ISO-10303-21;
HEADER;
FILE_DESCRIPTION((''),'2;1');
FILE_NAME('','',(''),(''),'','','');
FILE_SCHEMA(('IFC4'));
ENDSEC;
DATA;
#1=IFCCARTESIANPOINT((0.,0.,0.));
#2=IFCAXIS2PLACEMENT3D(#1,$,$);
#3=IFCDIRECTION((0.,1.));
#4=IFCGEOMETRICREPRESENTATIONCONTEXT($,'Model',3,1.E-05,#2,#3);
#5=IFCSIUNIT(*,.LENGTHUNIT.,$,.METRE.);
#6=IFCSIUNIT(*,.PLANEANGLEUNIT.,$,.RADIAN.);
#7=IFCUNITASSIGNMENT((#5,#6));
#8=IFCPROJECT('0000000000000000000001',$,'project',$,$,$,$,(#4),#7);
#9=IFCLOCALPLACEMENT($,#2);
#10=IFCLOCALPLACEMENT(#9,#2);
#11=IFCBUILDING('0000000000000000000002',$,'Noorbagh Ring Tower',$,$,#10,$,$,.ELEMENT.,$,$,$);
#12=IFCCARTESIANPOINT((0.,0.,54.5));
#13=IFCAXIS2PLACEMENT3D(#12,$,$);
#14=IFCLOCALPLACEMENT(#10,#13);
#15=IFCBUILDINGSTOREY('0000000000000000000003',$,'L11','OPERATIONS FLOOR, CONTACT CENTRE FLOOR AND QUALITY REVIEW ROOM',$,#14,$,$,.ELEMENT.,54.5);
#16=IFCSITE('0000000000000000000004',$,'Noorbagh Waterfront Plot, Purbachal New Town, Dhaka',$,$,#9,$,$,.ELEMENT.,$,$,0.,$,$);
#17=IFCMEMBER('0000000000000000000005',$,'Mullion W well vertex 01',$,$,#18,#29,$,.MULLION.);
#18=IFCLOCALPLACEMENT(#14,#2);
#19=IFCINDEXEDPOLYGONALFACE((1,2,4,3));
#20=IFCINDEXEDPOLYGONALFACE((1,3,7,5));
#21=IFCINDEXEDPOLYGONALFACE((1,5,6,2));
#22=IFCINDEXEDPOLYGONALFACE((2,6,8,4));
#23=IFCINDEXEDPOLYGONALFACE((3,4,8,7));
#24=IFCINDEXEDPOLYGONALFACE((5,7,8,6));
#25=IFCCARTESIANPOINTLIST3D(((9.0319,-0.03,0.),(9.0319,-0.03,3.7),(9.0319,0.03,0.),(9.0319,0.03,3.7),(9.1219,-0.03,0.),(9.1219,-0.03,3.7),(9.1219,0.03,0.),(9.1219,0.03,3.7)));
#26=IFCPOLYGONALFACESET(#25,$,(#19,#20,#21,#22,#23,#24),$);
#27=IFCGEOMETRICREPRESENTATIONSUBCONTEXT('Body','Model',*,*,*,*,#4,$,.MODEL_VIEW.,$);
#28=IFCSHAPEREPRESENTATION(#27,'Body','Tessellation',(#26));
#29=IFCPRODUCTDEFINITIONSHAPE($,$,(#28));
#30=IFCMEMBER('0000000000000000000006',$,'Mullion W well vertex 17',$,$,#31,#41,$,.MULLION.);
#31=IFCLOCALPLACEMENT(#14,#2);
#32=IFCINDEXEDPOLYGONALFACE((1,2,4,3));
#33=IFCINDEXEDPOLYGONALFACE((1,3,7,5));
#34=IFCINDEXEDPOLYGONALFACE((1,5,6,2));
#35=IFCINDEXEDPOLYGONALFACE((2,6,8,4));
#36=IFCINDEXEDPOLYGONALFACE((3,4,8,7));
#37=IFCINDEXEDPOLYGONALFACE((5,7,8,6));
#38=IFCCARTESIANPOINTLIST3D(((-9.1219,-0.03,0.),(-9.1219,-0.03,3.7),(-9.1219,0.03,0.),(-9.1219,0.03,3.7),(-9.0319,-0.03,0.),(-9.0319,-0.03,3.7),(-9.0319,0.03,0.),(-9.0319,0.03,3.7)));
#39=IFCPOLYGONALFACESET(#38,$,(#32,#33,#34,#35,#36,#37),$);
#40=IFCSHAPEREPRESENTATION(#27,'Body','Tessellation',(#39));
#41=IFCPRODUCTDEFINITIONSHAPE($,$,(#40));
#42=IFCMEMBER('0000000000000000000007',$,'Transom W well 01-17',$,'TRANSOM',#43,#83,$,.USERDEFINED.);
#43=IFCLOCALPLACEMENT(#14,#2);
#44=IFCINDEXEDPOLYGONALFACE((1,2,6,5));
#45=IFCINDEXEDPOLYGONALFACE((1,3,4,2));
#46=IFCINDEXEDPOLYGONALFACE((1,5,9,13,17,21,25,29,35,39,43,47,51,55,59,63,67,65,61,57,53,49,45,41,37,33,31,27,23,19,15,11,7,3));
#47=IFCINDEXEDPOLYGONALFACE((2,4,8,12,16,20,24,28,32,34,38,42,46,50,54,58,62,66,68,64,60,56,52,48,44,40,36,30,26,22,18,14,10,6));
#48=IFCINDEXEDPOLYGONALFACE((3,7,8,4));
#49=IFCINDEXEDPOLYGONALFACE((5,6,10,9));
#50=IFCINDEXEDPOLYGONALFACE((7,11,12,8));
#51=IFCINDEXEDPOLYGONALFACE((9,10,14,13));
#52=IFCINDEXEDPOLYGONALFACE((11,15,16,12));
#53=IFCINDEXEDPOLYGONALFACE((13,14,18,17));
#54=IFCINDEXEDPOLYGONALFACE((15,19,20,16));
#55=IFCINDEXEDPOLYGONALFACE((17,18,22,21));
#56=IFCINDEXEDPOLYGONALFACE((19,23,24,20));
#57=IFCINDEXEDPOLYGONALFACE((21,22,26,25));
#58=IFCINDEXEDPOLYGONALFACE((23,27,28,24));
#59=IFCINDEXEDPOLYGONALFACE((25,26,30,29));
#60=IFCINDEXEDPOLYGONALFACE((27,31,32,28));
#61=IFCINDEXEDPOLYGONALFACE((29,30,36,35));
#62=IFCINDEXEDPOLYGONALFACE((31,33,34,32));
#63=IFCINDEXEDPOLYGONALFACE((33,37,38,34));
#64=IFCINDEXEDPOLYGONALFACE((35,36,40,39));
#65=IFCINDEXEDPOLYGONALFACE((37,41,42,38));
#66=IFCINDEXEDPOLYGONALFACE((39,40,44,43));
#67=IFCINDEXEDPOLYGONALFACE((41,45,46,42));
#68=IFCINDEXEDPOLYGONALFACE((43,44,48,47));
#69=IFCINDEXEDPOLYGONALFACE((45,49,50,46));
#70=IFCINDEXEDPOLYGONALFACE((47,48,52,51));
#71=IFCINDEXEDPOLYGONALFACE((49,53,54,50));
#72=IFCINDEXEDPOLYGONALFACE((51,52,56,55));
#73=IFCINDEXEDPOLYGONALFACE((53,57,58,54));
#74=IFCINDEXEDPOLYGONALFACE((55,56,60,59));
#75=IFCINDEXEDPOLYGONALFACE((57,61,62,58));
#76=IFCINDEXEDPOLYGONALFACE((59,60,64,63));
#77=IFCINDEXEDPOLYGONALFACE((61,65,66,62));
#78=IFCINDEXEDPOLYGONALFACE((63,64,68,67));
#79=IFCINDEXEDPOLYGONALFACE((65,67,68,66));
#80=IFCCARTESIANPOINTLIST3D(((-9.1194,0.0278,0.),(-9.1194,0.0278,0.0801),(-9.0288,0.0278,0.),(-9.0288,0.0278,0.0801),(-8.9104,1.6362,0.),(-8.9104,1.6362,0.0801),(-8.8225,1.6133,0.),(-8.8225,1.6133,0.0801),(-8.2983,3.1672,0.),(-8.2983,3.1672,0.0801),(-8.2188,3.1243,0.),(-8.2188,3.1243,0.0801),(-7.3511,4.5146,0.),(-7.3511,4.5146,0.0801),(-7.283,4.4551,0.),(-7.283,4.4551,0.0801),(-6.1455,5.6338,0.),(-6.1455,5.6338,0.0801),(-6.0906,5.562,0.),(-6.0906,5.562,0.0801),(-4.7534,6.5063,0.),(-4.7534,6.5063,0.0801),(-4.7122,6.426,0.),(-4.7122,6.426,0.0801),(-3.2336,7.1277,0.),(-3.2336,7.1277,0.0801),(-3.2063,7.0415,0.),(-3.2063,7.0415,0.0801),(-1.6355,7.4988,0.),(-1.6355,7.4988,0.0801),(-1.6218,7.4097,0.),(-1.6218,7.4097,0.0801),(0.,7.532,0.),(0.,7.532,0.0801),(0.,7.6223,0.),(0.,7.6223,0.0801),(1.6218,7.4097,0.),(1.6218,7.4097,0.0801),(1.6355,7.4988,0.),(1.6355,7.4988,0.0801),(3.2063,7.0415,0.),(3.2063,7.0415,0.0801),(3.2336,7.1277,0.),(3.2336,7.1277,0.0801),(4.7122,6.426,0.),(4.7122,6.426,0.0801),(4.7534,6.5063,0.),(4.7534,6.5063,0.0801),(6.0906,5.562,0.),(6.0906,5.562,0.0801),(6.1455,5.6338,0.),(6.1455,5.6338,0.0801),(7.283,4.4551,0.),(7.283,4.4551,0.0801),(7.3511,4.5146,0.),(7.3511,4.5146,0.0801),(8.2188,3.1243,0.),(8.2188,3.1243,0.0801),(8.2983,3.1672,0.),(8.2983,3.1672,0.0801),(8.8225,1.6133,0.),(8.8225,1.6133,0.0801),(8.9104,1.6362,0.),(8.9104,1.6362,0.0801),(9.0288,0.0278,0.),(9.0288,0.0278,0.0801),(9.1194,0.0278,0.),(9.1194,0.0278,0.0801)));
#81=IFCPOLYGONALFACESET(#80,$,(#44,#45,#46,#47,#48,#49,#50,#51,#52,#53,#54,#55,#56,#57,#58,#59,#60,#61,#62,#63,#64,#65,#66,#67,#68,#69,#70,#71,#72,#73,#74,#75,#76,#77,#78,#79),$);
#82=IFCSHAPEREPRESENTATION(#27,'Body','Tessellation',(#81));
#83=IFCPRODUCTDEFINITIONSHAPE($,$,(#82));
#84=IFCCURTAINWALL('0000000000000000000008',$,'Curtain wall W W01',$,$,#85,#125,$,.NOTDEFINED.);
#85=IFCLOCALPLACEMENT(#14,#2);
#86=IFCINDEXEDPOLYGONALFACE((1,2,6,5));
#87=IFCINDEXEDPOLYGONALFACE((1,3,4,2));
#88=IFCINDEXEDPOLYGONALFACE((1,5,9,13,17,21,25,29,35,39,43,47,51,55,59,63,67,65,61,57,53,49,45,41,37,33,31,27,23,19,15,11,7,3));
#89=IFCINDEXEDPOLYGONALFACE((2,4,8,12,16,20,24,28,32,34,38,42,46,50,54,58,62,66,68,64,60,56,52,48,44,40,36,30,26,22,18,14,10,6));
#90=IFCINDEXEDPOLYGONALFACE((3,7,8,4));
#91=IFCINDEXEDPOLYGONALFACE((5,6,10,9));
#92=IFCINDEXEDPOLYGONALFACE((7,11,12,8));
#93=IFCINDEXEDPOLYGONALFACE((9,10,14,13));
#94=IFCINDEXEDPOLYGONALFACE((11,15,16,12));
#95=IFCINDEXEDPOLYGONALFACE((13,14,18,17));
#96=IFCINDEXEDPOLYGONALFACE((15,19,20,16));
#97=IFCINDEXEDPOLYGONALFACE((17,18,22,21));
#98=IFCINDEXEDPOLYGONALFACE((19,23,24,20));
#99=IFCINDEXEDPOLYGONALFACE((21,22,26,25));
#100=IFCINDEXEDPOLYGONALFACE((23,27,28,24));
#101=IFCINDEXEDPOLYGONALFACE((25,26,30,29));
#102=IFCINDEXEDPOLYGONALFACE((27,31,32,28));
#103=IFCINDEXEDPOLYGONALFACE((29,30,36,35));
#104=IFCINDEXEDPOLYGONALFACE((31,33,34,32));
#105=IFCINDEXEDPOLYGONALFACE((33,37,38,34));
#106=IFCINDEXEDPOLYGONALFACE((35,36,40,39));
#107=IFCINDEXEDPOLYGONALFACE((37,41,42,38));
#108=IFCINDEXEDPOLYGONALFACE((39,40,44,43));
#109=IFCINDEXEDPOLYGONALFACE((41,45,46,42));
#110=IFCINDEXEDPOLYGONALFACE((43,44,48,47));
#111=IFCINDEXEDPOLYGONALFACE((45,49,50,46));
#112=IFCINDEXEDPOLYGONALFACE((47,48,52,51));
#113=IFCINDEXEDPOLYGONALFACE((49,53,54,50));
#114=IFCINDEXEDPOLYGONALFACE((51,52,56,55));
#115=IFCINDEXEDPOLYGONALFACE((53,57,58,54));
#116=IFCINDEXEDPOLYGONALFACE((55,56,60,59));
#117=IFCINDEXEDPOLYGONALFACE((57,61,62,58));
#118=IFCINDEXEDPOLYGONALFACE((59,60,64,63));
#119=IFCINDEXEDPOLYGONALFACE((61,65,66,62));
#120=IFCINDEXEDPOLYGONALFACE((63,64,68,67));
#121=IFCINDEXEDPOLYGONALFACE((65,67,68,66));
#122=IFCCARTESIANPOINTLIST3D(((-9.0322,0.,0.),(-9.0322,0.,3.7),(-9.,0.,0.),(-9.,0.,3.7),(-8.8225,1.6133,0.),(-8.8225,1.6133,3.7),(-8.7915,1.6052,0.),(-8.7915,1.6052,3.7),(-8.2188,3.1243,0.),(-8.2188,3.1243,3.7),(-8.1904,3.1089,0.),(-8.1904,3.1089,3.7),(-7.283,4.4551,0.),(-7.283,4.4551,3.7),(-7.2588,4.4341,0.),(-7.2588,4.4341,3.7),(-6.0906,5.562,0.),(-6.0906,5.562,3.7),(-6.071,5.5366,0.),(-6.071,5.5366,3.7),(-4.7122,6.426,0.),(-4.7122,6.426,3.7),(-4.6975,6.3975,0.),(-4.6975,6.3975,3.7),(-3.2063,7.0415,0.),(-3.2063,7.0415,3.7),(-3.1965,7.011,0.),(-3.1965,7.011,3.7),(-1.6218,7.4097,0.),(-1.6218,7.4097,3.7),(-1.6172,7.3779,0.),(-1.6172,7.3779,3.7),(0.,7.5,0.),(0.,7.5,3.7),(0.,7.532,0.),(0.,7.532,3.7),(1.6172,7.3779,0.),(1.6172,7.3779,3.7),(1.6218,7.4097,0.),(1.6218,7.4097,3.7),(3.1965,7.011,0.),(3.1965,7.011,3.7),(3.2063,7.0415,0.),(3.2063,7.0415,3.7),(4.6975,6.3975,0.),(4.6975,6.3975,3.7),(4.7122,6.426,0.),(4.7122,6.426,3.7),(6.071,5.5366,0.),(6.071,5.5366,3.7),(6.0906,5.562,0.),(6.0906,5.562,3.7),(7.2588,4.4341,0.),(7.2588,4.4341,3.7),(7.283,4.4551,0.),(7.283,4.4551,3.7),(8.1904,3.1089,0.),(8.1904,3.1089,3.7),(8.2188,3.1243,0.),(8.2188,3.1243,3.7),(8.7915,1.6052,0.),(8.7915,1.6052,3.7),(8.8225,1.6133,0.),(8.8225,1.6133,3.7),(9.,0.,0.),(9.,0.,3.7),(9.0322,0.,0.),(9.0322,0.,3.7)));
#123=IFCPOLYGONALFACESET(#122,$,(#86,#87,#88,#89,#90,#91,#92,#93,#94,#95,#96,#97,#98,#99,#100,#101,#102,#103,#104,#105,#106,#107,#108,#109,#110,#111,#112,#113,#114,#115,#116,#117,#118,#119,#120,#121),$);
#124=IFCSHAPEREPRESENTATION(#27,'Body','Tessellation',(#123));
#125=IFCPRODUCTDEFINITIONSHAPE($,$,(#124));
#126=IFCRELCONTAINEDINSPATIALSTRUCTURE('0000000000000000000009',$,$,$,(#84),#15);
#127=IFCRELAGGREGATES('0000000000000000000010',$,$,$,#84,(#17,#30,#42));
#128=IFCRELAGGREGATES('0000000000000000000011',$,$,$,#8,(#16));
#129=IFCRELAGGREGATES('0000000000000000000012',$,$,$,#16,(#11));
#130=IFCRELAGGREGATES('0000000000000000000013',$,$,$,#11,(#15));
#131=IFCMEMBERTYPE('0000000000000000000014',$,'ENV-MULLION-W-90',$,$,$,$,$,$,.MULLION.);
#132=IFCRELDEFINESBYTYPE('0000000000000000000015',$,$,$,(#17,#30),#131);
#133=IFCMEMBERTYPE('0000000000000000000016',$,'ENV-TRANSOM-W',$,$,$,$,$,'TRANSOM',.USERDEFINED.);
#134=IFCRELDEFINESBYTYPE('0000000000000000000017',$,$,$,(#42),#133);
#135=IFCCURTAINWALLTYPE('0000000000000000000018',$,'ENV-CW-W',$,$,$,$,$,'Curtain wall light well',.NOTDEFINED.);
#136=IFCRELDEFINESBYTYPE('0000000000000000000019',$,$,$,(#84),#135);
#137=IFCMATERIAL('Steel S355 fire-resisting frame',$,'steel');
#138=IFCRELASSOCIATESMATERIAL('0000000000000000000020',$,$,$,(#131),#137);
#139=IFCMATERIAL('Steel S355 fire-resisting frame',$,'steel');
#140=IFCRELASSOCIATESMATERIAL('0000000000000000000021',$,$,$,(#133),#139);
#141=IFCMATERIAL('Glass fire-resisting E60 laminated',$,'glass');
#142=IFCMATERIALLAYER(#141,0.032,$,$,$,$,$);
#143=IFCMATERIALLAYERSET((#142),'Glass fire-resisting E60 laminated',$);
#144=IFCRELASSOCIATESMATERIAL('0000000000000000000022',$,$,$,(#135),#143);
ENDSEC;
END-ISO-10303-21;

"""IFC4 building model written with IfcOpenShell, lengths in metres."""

from ifc_helpers import new_model, si_unit, direction, frame, origin, origin_2d, place, context, subcontext, project, spatial, polyline, rectangle, outline, extrude, material, layer, layer_set, material_profile, profile_set, type_object, element, aggregate, save


model = new_model("IFC4")

# Units and contexts
model_context = context("Model", 3, precision=1e-05, world=origin(), true_north=direction((0.0, 1.0)))
body_context = subcontext(model_context, "Body", "Model", "MODEL_VIEW")
ifc_project = project(units=[si_unit("LENGTHUNIT", "METRE"), si_unit("PLANEANGLEUNIT", "RADIAN")], contexts=[model_context])

# Members
site_placement = place(None, origin())
building_placement = place(site_placement, origin())
storey_placement = place(building_placement, frame((0.0, 0.0, 54.5)))
ifc_material_1 = material(Name="Steel S355 fire-resisting frame", Category="steel")
ifc_material_profile_1 = material_profile(ifc_material_1, rectangle(XDim=0.0901, YDim=0.0601, at=origin_2d()), Name="90x60")
ifc_profile_set_1 = profile_set([ifc_material_profile_1], Name="Steel S355 fire-resisting frame")
member_type_1 = type_object("IfcMemberType", Name="ENV-MULLION-W-90", PredefinedType="MULLION", material=ifc_profile_set_1)
member_1_placement = place(storey_placement, frame((9.0769, 0.0, 0.0), z_axis=(0.0, 0.0, 1.0), x_axis=(1.0, 0.0, 0.0)))
member_1 = element("IfcMember", 1, at=member_1_placement, type_object=member_type_1, Name="Mullion W well vertex 01", PredefinedType="MULLION", context=body_context, shape_type="SweptSolid", body=[
    extrude(rectangle(XDim=0.0901, YDim=0.0601, at=origin_2d()), origin(), (0.0, 0.0, 1.0), 3.7),
])
member_2_placement = place(storey_placement, frame((-9.0769, 0.0, 0.0), z_axis=(0.0, 0.0, 1.0), x_axis=(-1.0, 0.0, 0.0)))
member_2 = element("IfcMember", 2, at=member_2_placement, type_object=member_type_1, Name="Mullion W well vertex 17", PredefinedType="MULLION", context=body_context, shape_type="SweptSolid", body=[
    extrude(rectangle(XDim=0.0901, YDim=0.0601, at=origin_2d()), origin(), (0.0, 0.0, 1.0), 3.7),
])
ifc_material_2 = material(Name="Steel S355 fire-resisting frame", Category="steel")
member_type_2 = type_object("IfcMemberType", Name="ENV-TRANSOM-W", ElementType="TRANSOM", PredefinedType="USERDEFINED", material=ifc_material_2)
member_3_placement = place(storey_placement, origin())
member_3 = element("IfcMember", 3, at=member_3_placement, type_object=member_type_2, Name="Transom W well 01-17", ObjectType="TRANSOM", PredefinedType="USERDEFINED", context=body_context, shape_type="SweptSolid", body=[
    extrude(outline(polyline([(9.1194, 0.0278), (8.9104, 1.6362), (8.2983, 3.1672), (7.3511, 4.5146), (6.1455, 5.6338), (4.7534, 6.5063), (3.2336, 7.1277), (1.6355, 7.4988), (0.0, 7.6223), (-1.6355, 7.4988), (-3.2336, 7.1277), (-4.7534, 6.5063), (-6.1455, 5.6338), (-7.3511, 4.5146), (-8.2983, 3.1672), (-8.9104, 1.6362), (-9.1194, 0.0278), (-9.0288, 0.0278), (-8.8225, 1.6133), (-8.2188, 3.1243), (-7.283, 4.4551), (-6.0906, 5.562), (-4.7122, 6.426), (-3.2063, 7.0415), (-1.6218, 7.4097), (0.0, 7.532), (1.6218, 7.4097), (3.2063, 7.0415), (4.7122, 6.426), (6.0906, 5.562), (7.283, 4.4551), (8.2188, 3.1243), (8.8225, 1.6133), (9.0288, 0.0278), (9.1194, 0.0278)])), origin(), (0.0, 0.0, 1.0), 0.0801),
])

# Site, building, storey
site = spatial("IfcSite", under=ifc_project, at=site_placement, Name="Noorbagh Waterfront Plot, Purbachal New Town, Dhaka", CompositionType="ELEMENT", RefElevation=0.0)
building = spatial("IfcBuilding", under=site, at=building_placement, Name="Noorbagh Ring Tower", CompositionType="ELEMENT")
storey = spatial("IfcBuildingStorey", under=building, at=storey_placement, Name="L11", Description="OPERATIONS FLOOR, CONTACT CENTRE FLOOR AND QUALITY REVIEW ROOM", CompositionType="ELEMENT", Elevation=54.5)

# Curtain wall
ifc_material_3 = material(Name="Glass fire-resisting E60 laminated", Category="glass")
ifc_layer_1 = layer(ifc_material_3, 0.032)
ifc_layer_set_1 = layer_set([ifc_layer_1], Name="Glass fire-resisting E60 laminated")
curtain_wall_type_1 = type_object("IfcCurtainWallType", Name="ENV-CW-W", ElementType="Curtain wall light well", PredefinedType="NOTDEFINED", material=ifc_layer_set_1)
curtain_wall_1_placement = place(storey_placement, origin())
curtain_wall_1 = element("IfcCurtainWall", 4, at=curtain_wall_1_placement, inside=storey, type_object=curtain_wall_type_1, Name="Curtain wall W W01", PredefinedType="NOTDEFINED", context=body_context, shape_type="SweptSolid", body=[
    extrude(outline(polyline([(9.0322, 0.0), (8.8225, 1.6133), (8.2188, 3.1243), (7.283, 4.4551), (6.0906, 5.562), (4.7122, 6.426), (3.2063, 7.0415), (1.6218, 7.4097), (0.0, 7.532), (-1.6218, 7.4097), (-3.2063, 7.0415), (-4.7122, 6.426), (-6.0906, 5.562), (-7.283, 4.4551), (-8.2188, 3.1243), (-8.8225, 1.6133), (-9.0322, 0.0), (-9.0, 0.0), (-8.7915, 1.6052), (-8.1904, 3.1089), (-7.2588, 4.4341), (-6.071, 5.5366), (-4.6975, 6.3975), (-3.1965, 7.011), (-1.6172, 7.3779), (0.0, 7.5), (1.6172, 7.3779), (3.1965, 7.011), (4.6975, 6.3975), (6.071, 5.5366), (7.2588, 4.4341), (8.1904, 3.1089), (8.7915, 1.6052), (9.0, 0.0), (9.0322, 0.0)])), origin(), (0.0, 0.0, 1.0), 3.7),
])
aggregate(curtain_wall_1, [member_1, member_2, member_3])

save(model, "model.ifc")
